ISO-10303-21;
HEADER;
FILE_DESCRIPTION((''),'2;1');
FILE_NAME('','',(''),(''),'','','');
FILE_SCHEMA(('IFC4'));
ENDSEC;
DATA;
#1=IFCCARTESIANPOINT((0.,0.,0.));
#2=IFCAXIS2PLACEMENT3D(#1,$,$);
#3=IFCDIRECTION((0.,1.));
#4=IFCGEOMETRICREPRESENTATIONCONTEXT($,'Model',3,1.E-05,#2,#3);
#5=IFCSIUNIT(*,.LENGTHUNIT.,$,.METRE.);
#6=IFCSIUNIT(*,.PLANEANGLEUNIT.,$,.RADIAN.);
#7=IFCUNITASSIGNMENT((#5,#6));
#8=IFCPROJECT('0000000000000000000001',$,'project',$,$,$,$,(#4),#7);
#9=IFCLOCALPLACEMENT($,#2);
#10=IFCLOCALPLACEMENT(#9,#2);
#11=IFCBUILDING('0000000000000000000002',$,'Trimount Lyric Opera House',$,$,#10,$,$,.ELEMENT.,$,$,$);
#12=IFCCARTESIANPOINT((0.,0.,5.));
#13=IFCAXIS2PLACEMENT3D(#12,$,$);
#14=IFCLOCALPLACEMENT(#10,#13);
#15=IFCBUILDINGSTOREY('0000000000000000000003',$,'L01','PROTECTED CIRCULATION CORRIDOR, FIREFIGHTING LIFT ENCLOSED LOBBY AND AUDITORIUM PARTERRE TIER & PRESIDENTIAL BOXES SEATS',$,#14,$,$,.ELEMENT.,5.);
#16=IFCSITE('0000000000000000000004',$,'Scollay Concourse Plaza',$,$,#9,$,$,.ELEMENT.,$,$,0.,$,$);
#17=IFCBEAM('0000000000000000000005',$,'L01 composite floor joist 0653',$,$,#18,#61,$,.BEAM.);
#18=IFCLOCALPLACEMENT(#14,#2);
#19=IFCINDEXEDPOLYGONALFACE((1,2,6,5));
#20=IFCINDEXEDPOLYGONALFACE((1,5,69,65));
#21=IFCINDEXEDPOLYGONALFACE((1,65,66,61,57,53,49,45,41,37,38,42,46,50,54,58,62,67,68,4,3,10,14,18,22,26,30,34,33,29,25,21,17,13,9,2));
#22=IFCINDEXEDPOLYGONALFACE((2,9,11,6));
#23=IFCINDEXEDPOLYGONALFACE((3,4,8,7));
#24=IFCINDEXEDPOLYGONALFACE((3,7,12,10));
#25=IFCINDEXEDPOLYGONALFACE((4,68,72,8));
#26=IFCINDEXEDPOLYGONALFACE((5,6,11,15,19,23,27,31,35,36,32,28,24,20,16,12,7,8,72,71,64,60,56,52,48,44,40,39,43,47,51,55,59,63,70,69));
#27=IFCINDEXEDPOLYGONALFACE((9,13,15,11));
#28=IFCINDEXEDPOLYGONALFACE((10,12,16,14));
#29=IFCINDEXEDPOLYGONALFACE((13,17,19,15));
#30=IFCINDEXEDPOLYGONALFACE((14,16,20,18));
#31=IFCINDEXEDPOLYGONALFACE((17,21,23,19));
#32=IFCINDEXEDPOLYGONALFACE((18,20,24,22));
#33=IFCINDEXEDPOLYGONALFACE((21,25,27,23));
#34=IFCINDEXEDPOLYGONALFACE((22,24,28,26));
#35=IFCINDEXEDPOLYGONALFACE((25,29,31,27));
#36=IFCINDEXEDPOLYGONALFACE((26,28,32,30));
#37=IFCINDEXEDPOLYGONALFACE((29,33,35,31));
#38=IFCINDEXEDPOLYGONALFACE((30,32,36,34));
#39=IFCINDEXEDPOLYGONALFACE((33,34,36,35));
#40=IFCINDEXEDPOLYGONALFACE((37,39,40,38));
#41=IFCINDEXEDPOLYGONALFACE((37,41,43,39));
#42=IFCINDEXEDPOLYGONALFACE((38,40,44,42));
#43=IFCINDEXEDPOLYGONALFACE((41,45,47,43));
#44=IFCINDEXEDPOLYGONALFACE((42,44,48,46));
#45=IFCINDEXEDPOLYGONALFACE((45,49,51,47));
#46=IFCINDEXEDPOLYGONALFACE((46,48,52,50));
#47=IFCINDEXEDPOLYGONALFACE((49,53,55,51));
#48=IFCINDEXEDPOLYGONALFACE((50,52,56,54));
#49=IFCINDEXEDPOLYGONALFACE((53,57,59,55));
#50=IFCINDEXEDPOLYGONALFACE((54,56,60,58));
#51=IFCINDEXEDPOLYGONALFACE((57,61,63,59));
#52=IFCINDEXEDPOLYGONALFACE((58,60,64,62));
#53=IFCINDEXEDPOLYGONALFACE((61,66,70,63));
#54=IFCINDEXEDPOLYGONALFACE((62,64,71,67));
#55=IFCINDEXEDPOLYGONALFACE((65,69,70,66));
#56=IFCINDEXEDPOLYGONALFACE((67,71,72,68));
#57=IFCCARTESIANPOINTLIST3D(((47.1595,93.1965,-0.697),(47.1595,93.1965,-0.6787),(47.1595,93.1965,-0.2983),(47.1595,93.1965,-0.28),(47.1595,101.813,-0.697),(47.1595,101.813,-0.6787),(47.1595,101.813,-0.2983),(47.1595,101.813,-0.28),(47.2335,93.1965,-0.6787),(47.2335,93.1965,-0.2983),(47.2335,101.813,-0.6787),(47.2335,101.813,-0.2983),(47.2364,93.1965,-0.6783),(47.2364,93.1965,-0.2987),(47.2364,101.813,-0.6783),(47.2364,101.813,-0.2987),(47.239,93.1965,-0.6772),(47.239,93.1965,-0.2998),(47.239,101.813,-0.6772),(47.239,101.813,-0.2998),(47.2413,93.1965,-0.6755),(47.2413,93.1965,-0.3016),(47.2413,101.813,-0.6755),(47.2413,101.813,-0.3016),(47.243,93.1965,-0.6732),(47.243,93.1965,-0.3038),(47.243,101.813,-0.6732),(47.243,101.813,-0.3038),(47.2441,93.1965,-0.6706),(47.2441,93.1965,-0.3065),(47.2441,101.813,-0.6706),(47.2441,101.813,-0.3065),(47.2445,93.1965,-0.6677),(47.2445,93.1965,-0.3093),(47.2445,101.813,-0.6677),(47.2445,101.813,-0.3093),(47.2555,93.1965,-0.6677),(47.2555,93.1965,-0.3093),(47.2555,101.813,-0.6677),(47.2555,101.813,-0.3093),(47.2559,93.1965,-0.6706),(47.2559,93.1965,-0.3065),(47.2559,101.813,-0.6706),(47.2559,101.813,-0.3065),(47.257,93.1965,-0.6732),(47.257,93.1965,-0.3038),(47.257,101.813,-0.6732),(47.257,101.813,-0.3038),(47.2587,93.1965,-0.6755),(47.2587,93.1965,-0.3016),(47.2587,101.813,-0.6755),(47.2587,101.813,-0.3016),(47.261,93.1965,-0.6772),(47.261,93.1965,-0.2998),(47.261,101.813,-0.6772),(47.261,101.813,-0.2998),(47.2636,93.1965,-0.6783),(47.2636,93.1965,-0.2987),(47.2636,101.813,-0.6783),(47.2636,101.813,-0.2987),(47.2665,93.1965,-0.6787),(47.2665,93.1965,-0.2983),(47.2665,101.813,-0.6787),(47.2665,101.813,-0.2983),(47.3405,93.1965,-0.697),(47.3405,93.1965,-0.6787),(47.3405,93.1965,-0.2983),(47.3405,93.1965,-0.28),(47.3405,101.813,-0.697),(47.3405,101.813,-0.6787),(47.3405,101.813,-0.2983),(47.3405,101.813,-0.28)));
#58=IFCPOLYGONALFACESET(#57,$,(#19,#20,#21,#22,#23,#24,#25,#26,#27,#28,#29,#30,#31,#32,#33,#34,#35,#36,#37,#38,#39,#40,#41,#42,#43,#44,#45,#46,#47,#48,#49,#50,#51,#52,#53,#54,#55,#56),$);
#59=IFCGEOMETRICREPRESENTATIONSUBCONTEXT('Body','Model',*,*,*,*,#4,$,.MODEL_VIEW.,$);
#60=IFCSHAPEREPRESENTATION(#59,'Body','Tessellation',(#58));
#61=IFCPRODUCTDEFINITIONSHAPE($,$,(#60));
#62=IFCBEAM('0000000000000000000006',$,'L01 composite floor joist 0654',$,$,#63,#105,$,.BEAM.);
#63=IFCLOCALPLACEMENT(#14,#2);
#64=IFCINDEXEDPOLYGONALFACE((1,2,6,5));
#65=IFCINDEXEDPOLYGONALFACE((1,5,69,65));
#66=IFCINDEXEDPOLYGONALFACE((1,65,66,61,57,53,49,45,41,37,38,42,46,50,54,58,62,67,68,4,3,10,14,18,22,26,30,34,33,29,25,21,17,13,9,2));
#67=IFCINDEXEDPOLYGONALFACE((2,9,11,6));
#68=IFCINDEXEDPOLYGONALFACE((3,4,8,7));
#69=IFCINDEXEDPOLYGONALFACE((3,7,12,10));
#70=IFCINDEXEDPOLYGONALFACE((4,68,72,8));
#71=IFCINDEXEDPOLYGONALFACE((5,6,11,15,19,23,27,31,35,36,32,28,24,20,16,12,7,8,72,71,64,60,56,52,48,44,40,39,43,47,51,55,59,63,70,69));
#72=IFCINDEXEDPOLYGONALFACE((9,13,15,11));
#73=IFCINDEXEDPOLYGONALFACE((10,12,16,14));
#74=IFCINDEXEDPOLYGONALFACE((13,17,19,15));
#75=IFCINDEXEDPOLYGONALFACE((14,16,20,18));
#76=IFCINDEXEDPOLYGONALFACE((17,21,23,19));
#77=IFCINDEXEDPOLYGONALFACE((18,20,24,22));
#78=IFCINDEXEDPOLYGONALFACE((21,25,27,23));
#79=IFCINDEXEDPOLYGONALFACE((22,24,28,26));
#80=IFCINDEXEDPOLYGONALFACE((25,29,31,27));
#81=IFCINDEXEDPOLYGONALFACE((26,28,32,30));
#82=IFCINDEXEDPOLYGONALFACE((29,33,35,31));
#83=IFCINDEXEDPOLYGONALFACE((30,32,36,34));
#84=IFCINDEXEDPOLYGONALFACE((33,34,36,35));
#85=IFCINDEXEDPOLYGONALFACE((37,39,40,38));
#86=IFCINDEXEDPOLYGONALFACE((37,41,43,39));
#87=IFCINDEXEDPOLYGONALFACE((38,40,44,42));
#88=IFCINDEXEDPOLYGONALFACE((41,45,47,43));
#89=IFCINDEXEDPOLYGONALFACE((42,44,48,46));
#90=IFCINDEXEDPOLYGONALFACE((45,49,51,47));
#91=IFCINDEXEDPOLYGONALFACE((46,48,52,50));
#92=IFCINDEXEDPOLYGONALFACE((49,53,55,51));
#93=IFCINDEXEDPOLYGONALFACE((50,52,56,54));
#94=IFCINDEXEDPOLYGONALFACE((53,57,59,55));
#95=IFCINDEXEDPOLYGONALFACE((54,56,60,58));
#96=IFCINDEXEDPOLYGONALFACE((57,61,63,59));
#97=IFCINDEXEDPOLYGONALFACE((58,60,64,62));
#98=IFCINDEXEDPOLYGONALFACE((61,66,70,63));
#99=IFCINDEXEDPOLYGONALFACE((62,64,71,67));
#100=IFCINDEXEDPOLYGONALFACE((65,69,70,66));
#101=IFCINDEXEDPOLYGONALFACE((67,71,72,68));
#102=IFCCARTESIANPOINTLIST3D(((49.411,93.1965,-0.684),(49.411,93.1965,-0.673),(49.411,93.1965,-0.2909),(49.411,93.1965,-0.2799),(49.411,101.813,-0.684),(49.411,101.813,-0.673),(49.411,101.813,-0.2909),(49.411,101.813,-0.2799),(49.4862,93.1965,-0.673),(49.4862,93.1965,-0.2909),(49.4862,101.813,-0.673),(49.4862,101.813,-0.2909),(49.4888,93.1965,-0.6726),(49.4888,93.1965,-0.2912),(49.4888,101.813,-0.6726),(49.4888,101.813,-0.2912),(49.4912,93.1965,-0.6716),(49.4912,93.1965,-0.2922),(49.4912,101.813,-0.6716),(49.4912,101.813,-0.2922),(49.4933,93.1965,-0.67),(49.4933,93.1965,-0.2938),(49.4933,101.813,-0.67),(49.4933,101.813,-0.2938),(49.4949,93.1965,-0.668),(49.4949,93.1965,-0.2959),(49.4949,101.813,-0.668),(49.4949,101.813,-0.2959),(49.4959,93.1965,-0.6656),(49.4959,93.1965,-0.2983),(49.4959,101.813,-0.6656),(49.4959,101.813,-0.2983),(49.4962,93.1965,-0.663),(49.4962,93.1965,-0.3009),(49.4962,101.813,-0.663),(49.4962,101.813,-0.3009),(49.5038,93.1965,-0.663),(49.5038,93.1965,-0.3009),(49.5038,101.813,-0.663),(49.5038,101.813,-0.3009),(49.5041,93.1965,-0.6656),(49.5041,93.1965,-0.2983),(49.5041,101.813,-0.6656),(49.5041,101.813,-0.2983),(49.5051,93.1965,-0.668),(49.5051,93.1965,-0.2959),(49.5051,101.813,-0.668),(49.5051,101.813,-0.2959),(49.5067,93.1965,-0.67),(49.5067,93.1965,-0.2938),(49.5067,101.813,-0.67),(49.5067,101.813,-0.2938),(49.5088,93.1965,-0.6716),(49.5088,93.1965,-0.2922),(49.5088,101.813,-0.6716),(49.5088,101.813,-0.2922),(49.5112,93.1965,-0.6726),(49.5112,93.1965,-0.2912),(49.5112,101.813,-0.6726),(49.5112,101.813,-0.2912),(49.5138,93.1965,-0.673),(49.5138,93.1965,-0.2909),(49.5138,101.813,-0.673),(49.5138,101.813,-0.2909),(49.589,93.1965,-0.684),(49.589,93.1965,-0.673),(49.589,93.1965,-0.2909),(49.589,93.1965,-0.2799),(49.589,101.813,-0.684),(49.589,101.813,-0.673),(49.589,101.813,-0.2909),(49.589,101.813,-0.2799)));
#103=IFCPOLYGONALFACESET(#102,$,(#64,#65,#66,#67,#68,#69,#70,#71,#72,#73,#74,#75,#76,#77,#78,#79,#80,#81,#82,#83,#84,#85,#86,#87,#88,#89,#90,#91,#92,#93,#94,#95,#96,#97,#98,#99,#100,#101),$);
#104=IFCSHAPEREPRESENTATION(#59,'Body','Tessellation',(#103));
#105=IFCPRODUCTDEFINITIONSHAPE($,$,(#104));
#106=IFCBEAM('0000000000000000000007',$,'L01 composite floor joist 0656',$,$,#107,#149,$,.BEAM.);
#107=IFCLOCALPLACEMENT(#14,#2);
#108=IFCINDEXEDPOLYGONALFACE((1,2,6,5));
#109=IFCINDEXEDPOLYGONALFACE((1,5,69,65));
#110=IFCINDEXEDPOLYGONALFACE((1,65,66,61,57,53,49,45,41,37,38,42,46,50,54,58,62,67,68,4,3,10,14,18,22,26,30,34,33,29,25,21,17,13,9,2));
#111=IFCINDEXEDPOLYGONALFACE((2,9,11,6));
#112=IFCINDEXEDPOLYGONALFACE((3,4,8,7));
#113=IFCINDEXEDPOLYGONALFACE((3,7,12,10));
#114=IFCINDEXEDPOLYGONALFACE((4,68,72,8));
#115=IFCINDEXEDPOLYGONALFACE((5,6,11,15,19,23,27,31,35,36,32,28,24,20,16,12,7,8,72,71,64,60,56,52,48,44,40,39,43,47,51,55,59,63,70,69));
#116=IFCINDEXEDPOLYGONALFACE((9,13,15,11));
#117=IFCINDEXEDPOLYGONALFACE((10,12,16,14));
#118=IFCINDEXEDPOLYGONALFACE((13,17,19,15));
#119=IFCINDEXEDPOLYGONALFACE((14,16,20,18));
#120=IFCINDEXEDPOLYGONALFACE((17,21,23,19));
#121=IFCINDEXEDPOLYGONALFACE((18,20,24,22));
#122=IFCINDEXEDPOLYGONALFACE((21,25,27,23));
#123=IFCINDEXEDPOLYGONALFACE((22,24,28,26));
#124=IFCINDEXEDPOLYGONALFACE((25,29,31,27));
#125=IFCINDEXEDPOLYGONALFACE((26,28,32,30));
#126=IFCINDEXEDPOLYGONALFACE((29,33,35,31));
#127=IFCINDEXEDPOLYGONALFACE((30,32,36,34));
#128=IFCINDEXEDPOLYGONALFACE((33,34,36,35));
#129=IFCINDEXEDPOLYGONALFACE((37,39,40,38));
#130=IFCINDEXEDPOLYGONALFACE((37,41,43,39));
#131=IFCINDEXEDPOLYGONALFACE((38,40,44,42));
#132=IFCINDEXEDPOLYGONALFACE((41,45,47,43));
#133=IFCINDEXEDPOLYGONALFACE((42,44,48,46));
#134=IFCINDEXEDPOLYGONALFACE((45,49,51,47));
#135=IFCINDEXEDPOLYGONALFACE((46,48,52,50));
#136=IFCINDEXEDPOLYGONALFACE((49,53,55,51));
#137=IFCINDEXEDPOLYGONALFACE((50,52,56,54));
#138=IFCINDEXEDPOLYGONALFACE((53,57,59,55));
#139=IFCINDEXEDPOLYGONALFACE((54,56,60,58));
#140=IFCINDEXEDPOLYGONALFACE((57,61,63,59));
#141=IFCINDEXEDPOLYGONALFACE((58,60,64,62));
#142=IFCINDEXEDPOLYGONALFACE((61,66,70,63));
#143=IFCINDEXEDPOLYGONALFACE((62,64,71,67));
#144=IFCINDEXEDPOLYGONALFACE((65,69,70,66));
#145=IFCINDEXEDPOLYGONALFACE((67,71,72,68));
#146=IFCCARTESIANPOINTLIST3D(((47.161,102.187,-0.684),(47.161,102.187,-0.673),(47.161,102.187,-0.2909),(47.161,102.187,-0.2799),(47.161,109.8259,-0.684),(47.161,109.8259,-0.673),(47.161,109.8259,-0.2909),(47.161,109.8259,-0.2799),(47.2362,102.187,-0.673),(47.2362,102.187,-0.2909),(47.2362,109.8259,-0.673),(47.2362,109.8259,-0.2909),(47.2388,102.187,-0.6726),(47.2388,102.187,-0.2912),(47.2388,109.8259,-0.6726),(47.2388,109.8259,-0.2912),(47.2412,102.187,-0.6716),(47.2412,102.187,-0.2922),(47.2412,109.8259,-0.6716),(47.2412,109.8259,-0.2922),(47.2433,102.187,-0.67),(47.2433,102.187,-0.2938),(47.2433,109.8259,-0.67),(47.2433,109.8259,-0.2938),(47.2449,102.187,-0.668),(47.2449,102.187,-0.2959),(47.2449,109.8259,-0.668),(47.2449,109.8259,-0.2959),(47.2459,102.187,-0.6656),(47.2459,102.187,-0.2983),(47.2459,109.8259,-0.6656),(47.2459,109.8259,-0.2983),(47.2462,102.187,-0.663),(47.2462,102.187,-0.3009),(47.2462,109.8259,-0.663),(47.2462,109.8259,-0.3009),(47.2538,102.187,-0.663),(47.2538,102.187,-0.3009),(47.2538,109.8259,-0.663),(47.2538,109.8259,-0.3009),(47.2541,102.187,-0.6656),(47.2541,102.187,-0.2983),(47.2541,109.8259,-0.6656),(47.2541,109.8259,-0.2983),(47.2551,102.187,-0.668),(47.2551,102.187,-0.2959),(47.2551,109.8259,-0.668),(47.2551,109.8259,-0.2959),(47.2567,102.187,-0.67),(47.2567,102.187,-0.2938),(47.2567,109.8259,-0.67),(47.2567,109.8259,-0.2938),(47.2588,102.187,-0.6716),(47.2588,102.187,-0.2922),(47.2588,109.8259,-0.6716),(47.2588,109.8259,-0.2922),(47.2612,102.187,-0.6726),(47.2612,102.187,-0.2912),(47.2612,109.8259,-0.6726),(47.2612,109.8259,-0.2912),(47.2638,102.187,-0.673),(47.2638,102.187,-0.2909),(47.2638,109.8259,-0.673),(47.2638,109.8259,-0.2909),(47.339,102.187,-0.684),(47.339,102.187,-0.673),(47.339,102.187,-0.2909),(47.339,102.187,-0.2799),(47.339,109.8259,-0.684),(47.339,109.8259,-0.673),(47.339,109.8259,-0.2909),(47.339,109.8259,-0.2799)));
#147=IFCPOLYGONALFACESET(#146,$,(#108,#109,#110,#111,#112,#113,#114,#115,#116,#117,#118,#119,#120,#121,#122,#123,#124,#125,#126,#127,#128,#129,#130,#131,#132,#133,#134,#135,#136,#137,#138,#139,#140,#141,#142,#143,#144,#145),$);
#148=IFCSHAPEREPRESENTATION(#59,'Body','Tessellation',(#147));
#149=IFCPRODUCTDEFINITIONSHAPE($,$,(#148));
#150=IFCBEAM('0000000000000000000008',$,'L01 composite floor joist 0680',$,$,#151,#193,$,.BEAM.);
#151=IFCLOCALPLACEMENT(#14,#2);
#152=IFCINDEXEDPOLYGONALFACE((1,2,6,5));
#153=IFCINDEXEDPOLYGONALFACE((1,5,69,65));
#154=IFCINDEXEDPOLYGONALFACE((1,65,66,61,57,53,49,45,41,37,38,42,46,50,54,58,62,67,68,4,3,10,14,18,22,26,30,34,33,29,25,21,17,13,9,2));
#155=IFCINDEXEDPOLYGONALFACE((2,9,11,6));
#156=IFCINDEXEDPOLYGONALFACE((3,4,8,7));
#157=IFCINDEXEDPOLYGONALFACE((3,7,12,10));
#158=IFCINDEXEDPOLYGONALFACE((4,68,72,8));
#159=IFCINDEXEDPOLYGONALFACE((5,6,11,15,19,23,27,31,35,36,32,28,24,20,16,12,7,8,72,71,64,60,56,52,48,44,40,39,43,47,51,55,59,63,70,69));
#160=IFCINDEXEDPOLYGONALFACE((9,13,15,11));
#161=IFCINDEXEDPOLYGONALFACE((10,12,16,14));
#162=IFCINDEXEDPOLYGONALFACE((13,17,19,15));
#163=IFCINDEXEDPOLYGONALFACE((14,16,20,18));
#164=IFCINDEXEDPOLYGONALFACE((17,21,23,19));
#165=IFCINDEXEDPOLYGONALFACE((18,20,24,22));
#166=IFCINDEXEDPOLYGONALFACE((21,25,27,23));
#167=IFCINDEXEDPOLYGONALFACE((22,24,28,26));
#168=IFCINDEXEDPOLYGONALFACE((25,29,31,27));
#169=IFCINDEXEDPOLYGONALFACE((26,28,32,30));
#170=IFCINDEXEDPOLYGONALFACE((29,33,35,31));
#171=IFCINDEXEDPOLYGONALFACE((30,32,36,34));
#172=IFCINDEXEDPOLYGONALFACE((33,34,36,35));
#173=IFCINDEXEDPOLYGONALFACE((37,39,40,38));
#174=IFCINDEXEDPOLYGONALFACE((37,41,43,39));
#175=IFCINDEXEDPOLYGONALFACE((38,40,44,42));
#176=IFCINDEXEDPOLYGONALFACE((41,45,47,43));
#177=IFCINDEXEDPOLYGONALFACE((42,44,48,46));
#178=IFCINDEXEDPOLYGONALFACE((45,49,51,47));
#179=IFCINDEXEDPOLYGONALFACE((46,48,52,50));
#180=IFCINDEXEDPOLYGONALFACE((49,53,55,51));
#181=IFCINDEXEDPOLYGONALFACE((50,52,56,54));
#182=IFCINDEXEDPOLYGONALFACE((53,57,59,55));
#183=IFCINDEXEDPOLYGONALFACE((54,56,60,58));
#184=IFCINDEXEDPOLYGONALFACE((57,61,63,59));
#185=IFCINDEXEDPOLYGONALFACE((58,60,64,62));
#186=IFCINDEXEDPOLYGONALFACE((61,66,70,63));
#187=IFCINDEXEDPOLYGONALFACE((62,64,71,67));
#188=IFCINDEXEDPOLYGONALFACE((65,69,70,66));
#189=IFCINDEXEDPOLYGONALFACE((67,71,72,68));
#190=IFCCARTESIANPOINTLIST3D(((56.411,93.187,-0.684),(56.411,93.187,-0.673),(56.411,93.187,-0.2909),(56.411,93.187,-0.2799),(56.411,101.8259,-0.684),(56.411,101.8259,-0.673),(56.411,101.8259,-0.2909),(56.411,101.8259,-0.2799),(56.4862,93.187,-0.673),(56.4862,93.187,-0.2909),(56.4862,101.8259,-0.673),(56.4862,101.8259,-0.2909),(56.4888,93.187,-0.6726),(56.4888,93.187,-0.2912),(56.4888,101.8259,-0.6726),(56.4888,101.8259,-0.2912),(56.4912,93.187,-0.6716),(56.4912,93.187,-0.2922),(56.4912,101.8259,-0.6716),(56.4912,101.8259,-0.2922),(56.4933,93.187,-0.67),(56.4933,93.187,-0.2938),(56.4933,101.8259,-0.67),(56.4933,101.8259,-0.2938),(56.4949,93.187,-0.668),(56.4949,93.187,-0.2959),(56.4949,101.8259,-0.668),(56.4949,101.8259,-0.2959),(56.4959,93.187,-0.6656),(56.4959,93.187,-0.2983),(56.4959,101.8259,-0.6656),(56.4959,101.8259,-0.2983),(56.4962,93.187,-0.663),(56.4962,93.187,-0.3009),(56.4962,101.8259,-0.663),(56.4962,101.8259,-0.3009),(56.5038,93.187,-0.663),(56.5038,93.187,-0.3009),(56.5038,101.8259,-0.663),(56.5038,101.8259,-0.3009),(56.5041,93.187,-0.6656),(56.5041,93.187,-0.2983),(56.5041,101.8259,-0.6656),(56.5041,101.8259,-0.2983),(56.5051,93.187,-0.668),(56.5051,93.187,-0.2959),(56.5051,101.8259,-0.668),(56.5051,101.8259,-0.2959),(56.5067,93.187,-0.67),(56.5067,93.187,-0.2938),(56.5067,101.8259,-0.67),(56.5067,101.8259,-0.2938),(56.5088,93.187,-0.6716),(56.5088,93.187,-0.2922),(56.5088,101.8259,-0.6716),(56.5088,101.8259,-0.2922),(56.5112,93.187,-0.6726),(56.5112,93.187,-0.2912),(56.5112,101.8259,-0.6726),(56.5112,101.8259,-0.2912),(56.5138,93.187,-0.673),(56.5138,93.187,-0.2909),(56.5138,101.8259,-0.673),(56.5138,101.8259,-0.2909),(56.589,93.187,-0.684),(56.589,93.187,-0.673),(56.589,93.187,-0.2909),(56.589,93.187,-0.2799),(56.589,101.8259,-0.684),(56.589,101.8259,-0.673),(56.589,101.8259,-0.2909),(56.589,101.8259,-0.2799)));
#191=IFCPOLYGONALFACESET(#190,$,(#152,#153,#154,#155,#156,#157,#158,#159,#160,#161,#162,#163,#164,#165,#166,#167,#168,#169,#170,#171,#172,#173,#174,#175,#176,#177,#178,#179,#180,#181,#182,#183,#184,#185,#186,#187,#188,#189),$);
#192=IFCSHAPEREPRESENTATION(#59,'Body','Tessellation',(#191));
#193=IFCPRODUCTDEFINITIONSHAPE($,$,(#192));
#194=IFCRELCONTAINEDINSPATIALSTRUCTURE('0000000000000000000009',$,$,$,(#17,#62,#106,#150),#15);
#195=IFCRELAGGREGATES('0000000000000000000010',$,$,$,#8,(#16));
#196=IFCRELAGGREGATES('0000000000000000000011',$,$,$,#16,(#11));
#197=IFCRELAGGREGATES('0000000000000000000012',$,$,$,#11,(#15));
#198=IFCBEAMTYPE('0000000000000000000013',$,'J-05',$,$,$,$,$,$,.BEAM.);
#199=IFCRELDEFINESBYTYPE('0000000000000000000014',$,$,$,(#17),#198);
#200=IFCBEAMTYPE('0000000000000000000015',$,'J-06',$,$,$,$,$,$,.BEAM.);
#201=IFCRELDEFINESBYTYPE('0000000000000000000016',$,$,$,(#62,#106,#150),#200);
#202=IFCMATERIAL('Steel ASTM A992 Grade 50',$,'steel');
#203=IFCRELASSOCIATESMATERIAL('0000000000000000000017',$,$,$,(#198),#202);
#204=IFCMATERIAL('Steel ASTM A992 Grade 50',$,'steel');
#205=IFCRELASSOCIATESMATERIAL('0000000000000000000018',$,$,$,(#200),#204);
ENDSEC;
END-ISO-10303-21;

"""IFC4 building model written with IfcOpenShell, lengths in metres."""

from ifc_helpers import new_model, si_unit, direction, frame, origin, origin_2d, place, context, subcontext, project, spatial, i_section, extrude, material, material_profile, profile_set, type_object, element, save


model = new_model("IFC4")

# Units and contexts
model_context = context("Model", 3, precision=1e-05, world=origin(), true_north=direction((0.0, 1.0)))
body_context = subcontext(model_context, "Body", "Model", "MODEL_VIEW")
ifc_project = project(units=[si_unit("LENGTHUNIT", "METRE"), si_unit("PLANEANGLEUNIT", "RADIAN")], contexts=[model_context])

# Site, building, storey
site_placement = place(None, origin())
site = spatial("IfcSite", under=ifc_project, at=site_placement, Name="Scollay Concourse Plaza", CompositionType="ELEMENT", RefElevation=0.0)
building_placement = place(site_placement, origin())
building = spatial("IfcBuilding", under=site, at=building_placement, Name="Trimount Lyric Opera House", CompositionType="ELEMENT")
storey_placement = place(building_placement, frame((0.0, 0.0, 5.0)))
storey = spatial("IfcBuildingStorey", under=building, at=storey_placement, Name="L01", Description="PROTECTED CIRCULATION CORRIDOR, FIREFIGHTING LIFT ENCLOSED LOBBY AND AUDITORIUM PARTERRE TIER & PRESIDENTIAL BOXES SEATS", CompositionType="ELEMENT", Elevation=5.0)

# Beams
ifc_material_1 = material(Name="Steel ASTM A992 Grade 50", Category="steel")
ifc_material_profile_1 = material_profile(ifc_material_1, i_section(OverallWidth=0.1809, OverallDepth=0.417, WebThickness=0.011, FlangeThickness=0.0183, FilletRadius=0.011, at=origin_2d()), Name="W16X57")
ifc_profile_set_1 = profile_set([ifc_material_profile_1], Name="Steel ASTM A992 Grade 50")
beam_type_1 = type_object("IfcBeamType", Name="J-05", PredefinedType="BEAM", material=ifc_profile_set_1)
beam_1_placement = place(storey_placement, frame((47.25, 93.1965, -0.4885), z_axis=(0.0, 1.0, 0.0), x_axis=(-1.0, 0.0, 0.0)))
element("IfcBeam", 1, at=beam_1_placement, inside=storey, type_object=beam_type_1, Name="L01 composite floor joist 0653", PredefinedType="BEAM", context=body_context, shape_type="SweptSolid", body=[
    extrude(i_section(OverallWidth=0.1809, OverallDepth=0.417, WebThickness=0.011, FlangeThickness=0.0183, FilletRadius=0.011, at=origin_2d()), origin(), (0.0, 0.0, 1.0), 8.6165),
])
ifc_material_2 = material(Name="Steel ASTM A992 Grade 50", Category="steel")
ifc_material_profile_2 = material_profile(ifc_material_2, i_section(OverallWidth=0.178, OverallDepth=0.4041, WebThickness=0.0076, FlangeThickness=0.011, FilletRadius=0.01, at=origin_2d()), Name="W16X36")
ifc_profile_set_2 = profile_set([ifc_material_profile_2], Name="Steel ASTM A992 Grade 50")
beam_type_2 = type_object("IfcBeamType", Name="J-06", PredefinedType="BEAM", material=ifc_profile_set_2)
beam_2_placement = place(storey_placement, frame((49.5, 93.1965, -0.4819), z_axis=(0.0, 1.0, 0.0), x_axis=(-1.0, 0.0, 0.0)))
element("IfcBeam", 2, at=beam_2_placement, inside=storey, type_object=beam_type_2, Name="L01 composite floor joist 0654", PredefinedType="BEAM", context=body_context, shape_type="SweptSolid", body=[
    extrude(i_section(OverallWidth=0.178, OverallDepth=0.4041, WebThickness=0.0076, FlangeThickness=0.011, FilletRadius=0.01, at=origin_2d()), origin(), (0.0, 0.0, 1.0), 8.6165),
])
beam_3_placement = place(storey_placement, frame((47.25, 102.187, -0.4819), z_axis=(0.0, 1.0, 0.0), x_axis=(-1.0, 0.0, 0.0)))
element("IfcBeam", 3, at=beam_3_placement, inside=storey, type_object=beam_type_2, Name="L01 composite floor joist 0656", PredefinedType="BEAM", context=body_context, shape_type="SweptSolid", body=[
    extrude(i_section(OverallWidth=0.178, OverallDepth=0.4041, WebThickness=0.0076, FlangeThickness=0.011, FilletRadius=0.01, at=origin_2d()), origin(), (0.0, 0.0, 1.0), 7.6389),
])
beam_4_placement = place(storey_placement, frame((56.5, 93.187, -0.4819), z_axis=(0.0, 1.0, 0.0), x_axis=(-1.0, 0.0, 0.0)))
element("IfcBeam", 4, at=beam_4_placement, inside=storey, type_object=beam_type_2, Name="L01 composite floor joist 0680", PredefinedType="BEAM", context=body_context, shape_type="SweptSolid", body=[
    extrude(i_section(OverallWidth=0.178, OverallDepth=0.4041, WebThickness=0.0076, FlangeThickness=0.011, FilletRadius=0.01, at=origin_2d()), origin(), (0.0, 0.0, 1.0), 8.6389),
])

save(model, "model.ifc")
